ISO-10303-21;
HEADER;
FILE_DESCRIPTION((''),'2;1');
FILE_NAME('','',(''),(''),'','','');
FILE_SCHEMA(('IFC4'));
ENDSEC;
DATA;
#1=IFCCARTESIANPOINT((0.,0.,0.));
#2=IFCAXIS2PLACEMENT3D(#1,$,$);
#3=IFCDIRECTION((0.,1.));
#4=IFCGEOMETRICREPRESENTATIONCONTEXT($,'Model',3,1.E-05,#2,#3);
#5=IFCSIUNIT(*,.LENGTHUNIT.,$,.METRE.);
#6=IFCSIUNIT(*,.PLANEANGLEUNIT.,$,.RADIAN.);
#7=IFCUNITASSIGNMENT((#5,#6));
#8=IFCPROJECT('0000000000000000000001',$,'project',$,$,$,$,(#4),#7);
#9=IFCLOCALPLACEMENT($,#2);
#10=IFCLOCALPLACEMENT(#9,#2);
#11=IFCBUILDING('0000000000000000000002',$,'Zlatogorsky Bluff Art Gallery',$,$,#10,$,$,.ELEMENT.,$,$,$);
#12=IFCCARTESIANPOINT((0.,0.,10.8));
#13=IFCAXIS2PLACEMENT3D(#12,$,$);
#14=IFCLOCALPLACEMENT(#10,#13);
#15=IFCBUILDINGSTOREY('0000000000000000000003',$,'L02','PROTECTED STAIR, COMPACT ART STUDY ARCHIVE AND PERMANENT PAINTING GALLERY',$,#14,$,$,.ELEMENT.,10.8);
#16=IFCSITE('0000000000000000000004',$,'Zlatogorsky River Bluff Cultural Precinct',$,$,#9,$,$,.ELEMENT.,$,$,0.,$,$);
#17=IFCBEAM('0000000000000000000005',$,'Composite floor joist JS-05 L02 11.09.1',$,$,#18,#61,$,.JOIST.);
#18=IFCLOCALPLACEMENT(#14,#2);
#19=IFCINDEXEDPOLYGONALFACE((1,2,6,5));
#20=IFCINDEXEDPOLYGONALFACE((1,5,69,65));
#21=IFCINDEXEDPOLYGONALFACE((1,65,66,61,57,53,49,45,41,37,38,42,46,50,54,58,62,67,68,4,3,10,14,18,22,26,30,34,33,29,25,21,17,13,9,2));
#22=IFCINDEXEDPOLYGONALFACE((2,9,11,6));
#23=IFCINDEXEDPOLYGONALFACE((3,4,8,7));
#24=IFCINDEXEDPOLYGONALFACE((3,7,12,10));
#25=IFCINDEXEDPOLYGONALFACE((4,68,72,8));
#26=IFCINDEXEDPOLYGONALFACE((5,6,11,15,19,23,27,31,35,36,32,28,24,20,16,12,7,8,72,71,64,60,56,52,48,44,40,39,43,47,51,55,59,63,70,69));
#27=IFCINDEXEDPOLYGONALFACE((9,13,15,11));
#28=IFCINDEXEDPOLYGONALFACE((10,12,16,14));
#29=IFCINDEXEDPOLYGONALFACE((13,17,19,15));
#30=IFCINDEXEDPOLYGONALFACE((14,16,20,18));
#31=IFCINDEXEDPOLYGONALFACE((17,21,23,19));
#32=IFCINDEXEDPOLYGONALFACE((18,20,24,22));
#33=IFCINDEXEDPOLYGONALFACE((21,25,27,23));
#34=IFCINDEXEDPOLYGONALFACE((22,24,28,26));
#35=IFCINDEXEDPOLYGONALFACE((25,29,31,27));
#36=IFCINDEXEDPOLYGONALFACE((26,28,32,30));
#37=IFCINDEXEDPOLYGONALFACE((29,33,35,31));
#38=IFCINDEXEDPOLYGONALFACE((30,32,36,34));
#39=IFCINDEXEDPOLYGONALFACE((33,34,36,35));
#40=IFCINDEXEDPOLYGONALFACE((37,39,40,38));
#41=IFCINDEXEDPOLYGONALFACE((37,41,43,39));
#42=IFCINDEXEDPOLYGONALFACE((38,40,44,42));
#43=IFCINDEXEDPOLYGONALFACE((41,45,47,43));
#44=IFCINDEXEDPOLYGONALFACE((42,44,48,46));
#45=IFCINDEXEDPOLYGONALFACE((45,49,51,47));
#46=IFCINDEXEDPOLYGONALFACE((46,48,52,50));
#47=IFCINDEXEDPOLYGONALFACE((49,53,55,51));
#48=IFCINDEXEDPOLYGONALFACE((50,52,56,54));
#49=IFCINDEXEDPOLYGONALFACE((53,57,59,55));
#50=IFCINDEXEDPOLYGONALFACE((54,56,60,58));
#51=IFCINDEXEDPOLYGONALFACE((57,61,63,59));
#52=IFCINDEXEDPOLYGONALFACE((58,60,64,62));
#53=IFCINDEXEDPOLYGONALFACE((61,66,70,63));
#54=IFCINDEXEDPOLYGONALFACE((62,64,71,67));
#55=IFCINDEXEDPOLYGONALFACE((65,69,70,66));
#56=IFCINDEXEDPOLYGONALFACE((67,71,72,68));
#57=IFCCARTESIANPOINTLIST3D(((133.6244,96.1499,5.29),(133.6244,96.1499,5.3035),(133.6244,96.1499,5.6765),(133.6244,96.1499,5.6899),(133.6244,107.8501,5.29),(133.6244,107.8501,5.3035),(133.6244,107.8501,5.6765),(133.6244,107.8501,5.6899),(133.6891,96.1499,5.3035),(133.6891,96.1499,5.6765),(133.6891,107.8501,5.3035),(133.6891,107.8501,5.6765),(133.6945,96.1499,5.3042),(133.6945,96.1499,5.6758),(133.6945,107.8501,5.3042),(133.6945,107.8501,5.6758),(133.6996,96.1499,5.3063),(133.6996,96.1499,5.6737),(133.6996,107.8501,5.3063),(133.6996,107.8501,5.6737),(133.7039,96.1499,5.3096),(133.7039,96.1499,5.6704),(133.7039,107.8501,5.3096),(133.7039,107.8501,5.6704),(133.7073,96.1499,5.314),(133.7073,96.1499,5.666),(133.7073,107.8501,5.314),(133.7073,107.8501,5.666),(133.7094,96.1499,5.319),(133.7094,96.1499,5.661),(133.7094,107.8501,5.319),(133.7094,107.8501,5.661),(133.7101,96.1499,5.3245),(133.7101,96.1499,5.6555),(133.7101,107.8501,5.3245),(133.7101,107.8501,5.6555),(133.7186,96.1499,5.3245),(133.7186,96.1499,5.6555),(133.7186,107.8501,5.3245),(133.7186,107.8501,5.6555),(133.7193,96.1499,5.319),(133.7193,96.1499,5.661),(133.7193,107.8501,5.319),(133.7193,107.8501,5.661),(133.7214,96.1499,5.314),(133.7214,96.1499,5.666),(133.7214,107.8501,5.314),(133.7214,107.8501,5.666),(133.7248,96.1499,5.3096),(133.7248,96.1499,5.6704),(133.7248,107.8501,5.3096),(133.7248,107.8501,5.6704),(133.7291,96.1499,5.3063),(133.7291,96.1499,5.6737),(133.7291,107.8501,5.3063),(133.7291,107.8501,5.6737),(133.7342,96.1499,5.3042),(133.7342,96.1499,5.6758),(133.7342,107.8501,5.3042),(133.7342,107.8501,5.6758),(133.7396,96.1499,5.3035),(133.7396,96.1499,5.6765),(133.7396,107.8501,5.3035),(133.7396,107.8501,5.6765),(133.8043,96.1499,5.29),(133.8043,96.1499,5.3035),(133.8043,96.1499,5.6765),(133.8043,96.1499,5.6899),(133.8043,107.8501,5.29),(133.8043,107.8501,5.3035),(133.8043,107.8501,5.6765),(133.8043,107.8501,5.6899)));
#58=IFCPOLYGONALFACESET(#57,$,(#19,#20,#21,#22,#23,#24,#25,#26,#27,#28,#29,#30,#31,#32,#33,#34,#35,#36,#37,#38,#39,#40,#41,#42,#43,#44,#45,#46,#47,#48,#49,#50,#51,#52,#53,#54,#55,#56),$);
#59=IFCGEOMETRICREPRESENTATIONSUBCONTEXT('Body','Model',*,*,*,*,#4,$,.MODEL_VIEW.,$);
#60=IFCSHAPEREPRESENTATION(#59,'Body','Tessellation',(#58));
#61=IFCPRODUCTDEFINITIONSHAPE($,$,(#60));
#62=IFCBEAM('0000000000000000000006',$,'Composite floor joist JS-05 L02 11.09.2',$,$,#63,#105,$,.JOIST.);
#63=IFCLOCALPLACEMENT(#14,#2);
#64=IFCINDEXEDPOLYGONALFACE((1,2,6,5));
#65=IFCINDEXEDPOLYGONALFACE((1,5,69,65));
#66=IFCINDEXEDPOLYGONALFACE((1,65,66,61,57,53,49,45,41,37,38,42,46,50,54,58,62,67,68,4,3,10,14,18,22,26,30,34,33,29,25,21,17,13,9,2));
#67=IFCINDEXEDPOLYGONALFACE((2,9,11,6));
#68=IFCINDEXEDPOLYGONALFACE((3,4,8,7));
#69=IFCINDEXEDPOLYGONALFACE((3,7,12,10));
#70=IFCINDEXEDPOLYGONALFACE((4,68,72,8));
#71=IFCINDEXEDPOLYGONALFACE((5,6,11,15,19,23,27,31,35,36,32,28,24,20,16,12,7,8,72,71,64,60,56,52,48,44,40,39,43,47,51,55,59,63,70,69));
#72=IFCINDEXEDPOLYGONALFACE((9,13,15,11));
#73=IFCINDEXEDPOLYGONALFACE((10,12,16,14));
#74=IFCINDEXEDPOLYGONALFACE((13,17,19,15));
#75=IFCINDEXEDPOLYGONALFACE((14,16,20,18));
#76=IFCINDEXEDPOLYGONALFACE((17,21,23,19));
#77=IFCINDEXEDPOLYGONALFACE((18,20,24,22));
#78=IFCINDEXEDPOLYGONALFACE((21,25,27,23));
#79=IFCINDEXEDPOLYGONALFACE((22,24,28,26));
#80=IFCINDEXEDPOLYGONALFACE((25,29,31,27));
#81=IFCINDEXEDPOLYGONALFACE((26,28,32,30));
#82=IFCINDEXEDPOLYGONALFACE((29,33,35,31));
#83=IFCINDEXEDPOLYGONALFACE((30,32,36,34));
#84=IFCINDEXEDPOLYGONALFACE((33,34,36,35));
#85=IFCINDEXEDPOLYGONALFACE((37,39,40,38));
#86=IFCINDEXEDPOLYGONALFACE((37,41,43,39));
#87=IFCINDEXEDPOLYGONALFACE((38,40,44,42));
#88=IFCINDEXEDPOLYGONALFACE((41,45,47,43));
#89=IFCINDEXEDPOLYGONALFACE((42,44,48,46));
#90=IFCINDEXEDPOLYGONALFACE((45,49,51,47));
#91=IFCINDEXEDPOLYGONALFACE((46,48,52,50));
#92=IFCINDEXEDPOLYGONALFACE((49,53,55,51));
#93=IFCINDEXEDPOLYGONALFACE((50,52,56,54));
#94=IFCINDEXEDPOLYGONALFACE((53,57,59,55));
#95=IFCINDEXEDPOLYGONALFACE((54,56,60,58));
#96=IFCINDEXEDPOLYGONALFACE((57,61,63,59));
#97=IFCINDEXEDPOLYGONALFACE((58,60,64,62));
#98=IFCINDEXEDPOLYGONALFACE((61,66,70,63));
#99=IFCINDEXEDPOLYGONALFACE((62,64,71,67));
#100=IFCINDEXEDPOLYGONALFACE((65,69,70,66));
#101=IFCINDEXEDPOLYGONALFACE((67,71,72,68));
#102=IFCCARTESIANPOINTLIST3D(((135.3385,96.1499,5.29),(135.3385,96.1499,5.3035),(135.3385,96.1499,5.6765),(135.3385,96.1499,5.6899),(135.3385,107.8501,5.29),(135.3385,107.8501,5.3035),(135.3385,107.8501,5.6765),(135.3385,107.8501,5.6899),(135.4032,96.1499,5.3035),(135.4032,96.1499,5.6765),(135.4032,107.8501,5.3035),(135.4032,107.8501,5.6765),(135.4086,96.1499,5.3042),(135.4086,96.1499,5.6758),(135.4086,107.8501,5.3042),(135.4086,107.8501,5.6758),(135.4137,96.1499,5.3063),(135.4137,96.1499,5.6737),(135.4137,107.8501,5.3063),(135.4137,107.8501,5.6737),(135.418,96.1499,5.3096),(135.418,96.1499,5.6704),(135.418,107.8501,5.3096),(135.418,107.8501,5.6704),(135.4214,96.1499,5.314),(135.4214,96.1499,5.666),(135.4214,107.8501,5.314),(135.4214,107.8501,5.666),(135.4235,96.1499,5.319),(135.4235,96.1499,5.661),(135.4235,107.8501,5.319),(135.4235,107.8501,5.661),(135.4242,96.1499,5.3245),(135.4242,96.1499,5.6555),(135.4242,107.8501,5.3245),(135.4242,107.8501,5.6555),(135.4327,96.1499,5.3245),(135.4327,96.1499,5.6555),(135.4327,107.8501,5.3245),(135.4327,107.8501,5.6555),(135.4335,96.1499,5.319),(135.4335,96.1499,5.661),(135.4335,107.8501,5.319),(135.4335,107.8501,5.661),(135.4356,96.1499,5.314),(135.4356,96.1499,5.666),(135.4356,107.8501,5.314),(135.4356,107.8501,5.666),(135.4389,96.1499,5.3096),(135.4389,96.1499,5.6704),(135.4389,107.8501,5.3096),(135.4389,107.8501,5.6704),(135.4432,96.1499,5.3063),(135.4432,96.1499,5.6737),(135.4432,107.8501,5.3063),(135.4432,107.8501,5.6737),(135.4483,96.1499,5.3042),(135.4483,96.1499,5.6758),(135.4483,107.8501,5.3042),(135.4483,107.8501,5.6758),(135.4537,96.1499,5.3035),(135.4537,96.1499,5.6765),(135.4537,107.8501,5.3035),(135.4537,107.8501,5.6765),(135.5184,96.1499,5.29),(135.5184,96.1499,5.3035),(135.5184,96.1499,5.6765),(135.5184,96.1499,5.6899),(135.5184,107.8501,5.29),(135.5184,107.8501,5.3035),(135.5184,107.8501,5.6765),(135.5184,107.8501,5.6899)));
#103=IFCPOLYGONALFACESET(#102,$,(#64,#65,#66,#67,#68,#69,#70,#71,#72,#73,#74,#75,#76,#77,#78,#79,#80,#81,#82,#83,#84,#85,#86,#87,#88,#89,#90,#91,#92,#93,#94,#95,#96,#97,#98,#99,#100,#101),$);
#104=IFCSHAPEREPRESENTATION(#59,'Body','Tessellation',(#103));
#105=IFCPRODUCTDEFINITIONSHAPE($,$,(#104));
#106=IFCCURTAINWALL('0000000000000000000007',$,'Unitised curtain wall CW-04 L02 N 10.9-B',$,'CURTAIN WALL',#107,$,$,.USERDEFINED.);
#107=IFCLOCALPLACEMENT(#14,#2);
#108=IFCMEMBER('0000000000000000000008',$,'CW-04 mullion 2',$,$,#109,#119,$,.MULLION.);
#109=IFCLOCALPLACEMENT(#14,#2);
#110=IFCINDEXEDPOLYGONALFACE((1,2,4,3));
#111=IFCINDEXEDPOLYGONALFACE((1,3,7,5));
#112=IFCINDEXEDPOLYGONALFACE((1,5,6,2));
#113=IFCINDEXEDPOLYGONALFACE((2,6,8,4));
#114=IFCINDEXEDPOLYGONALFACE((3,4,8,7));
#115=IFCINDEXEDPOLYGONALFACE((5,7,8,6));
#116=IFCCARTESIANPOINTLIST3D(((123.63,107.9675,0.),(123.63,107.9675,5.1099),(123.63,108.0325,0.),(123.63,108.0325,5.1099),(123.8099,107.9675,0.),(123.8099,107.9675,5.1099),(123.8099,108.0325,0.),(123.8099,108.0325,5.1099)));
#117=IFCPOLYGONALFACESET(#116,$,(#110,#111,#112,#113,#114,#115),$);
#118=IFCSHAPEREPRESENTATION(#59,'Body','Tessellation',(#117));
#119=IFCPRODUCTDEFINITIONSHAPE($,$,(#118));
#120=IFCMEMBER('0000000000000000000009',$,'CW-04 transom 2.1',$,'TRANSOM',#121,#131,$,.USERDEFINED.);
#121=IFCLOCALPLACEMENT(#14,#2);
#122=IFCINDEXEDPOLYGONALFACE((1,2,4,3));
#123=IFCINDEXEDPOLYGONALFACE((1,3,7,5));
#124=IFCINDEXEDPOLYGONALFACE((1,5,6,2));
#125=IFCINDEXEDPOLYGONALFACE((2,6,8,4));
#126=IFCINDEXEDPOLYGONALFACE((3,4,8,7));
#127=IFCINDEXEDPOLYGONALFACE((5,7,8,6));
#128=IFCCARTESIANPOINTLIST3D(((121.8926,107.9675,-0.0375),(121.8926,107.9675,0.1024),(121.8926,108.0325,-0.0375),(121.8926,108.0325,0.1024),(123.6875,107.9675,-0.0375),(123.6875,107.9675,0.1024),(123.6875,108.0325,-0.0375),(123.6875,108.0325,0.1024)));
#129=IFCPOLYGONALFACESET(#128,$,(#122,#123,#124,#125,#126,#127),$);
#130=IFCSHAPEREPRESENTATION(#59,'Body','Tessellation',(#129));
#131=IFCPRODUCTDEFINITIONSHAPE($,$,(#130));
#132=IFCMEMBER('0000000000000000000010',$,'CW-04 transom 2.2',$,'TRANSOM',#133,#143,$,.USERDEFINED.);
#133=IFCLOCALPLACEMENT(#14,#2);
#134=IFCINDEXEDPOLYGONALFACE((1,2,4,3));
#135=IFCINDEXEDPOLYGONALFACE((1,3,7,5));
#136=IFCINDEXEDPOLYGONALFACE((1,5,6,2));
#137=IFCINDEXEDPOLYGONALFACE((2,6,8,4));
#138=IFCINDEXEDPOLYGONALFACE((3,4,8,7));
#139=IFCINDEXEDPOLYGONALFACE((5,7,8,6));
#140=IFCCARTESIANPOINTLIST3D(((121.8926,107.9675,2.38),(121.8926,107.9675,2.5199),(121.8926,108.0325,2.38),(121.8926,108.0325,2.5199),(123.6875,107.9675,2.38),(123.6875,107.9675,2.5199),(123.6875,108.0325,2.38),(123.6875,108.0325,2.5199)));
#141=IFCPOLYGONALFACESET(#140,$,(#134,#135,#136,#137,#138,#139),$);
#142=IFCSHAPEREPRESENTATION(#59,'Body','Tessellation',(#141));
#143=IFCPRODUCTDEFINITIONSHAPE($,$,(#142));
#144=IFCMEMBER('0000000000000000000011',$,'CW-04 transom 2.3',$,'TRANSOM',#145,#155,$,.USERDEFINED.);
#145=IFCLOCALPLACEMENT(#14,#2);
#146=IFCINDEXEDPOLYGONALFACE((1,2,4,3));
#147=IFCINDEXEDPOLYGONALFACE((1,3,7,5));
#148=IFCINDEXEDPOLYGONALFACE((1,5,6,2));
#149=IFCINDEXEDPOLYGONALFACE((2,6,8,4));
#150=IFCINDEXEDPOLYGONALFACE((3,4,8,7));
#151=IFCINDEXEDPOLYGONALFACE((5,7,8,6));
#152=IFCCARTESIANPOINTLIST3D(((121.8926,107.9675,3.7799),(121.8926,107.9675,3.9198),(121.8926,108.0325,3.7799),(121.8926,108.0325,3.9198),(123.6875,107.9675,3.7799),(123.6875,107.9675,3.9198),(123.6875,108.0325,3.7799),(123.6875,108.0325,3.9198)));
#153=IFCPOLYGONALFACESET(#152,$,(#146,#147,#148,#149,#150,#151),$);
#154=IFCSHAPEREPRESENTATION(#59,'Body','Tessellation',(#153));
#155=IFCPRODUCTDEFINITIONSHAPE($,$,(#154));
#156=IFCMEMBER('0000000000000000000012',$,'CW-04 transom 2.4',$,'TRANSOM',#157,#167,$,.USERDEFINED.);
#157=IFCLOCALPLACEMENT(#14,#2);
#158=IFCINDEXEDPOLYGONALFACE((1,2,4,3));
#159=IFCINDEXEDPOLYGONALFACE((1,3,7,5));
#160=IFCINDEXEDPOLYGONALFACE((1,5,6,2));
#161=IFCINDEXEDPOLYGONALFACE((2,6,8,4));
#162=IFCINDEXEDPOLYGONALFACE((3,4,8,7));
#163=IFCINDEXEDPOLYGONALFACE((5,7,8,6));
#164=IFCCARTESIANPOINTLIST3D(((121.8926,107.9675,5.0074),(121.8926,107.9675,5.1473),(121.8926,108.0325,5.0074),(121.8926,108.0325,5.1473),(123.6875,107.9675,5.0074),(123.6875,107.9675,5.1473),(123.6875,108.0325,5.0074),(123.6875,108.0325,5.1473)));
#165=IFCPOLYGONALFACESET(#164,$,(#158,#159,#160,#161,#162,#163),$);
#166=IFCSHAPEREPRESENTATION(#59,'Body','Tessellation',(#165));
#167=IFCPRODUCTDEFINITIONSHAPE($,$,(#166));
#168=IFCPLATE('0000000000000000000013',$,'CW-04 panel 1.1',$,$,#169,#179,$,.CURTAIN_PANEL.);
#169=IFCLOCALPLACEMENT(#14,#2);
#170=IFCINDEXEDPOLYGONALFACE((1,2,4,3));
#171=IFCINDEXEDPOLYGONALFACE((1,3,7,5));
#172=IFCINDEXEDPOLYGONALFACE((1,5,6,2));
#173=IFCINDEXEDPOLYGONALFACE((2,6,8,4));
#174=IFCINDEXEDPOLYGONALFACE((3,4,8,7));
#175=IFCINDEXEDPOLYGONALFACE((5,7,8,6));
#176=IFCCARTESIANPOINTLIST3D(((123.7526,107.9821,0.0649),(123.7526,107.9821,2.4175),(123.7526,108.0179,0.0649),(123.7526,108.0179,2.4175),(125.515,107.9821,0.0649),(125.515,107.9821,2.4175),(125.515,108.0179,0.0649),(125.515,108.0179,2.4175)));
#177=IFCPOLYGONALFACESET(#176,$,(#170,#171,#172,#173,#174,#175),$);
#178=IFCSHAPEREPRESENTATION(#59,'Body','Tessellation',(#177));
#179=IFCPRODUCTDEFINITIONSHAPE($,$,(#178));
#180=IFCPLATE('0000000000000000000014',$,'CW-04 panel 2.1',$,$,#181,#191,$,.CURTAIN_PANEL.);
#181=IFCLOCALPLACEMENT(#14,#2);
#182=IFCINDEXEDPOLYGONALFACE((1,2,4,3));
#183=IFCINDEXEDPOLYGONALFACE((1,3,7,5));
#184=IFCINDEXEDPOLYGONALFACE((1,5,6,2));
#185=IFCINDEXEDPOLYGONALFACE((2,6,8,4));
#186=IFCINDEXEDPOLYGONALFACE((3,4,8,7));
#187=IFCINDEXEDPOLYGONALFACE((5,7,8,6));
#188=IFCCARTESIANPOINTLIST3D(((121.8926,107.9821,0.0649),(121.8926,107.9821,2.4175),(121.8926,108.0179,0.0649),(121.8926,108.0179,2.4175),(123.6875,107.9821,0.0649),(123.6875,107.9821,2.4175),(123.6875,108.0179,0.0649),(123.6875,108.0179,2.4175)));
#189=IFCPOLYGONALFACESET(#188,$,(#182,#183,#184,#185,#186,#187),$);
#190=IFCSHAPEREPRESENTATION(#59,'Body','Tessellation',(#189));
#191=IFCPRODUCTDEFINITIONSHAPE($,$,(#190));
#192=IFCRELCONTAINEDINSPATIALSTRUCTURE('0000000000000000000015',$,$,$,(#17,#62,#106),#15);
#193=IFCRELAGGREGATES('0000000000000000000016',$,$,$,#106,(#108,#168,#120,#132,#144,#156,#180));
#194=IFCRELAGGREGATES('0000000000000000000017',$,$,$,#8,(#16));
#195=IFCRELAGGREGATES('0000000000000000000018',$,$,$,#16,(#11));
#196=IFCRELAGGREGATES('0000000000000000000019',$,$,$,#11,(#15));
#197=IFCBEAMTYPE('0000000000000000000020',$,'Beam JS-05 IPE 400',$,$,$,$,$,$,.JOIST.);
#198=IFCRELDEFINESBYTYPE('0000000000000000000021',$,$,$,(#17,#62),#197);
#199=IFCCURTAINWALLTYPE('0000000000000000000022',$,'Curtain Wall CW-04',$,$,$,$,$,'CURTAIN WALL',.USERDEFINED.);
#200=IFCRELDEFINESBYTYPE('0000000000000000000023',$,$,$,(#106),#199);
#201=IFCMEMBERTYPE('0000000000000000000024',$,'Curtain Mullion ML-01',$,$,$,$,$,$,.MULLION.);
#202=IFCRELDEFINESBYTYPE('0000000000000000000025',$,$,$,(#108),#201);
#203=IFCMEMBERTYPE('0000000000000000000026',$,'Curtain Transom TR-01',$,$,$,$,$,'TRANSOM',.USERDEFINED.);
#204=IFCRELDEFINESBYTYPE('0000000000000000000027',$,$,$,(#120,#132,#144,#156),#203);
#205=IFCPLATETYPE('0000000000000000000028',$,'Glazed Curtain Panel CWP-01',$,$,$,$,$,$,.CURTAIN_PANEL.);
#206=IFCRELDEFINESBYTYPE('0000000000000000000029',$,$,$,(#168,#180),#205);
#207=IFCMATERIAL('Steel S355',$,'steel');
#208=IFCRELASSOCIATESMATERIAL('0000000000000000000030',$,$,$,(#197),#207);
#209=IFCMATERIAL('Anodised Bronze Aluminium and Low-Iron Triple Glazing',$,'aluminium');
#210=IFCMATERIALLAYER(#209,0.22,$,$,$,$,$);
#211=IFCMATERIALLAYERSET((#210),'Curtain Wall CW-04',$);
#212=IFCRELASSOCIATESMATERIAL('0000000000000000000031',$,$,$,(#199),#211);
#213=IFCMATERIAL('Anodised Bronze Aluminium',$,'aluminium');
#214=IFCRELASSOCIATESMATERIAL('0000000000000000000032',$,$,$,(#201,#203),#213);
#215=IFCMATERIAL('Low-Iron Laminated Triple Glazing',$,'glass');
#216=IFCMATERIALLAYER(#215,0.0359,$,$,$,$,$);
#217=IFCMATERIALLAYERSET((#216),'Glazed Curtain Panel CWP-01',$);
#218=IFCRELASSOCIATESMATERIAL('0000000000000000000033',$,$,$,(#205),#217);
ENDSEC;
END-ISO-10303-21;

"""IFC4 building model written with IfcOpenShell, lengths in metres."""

from ifc_helpers import new_model, si_unit, direction, frame, origin, origin_2d, place, context, subcontext, project, spatial, rectangle, i_section, extrude, material, layer, layer_set, material_profile, profile_set, type_object, element, aggregate, save


model = new_model("IFC4")

# Units and contexts
model_context = context("Model", 3, precision=1e-05, world=origin(), true_north=direction((0.0, 1.0)))
body_context = subcontext(model_context, "Body", "Model", "MODEL_VIEW")
ifc_project = project(units=[si_unit("LENGTHUNIT", "METRE"), si_unit("PLANEANGLEUNIT", "RADIAN")], contexts=[model_context])

# Site, building, storey
site_placement = place(None, origin())
site = spatial("IfcSite", under=ifc_project, at=site_placement, Name="Zlatogorsky River Bluff Cultural Precinct", CompositionType="ELEMENT", RefElevation=0.0)
building_placement = place(site_placement, origin())
building = spatial("IfcBuilding", under=site, at=building_placement, Name="Zlatogorsky Bluff Art Gallery", CompositionType="ELEMENT")
storey_placement = place(building_placement, frame((0.0, 0.0, 10.8)))
storey = spatial("IfcBuildingStorey", under=building, at=storey_placement, Name="L02", Description="PROTECTED STAIR, COMPACT ART STUDY ARCHIVE AND PERMANENT PAINTING GALLERY", CompositionType="ELEMENT", Elevation=10.8)

# Beams
ifc_material_1 = material(Name="Steel S355", Category="steel")
ifc_material_profile_1 = material_profile(ifc_material_1, i_section(OverallWidth=0.1799, OverallDepth=0.3999, WebThickness=0.0085, FlangeThickness=0.0134, FilletRadius=0.021, at=origin_2d()), Name="IPE 400")
ifc_profile_set_1 = profile_set([ifc_material_profile_1], Name="Steel S355")
beam_type = type_object("IfcBeamType", Name="Beam JS-05 IPE 400", PredefinedType="JOIST", material=ifc_profile_set_1)
for number, where, z_axis, x_axis, name in (
    (1, (133.7144, 96.1499, 5.49), (0.0, 1.0, 0.0), (-1.0, 0.0, 0.0), "Composite floor joist JS-05 L02 11.09.1"),
    (2, (135.4285, 96.1499, 5.49), (0.0, 1.0, 0.0), (-1.0, 0.0, 0.0), "Composite floor joist JS-05 L02 11.09.2"),
):
    element("IfcBeam", number, at=place(storey_placement, frame(where, z_axis=z_axis, x_axis=x_axis)), inside=storey, type_object=beam_type, Name=name, PredefinedType="JOIST", context=body_context, shape_type="SweptSolid", body=[
        extrude(i_section(OverallWidth=0.1799, OverallDepth=0.3999, WebThickness=0.0085, FlangeThickness=0.0134, FilletRadius=0.021, at=origin_2d()), origin(), (0.0, 0.0, 1.0), 11.7002),
    ])

# Curtain wall, members, plates
ifc_material_2 = material(Name="Anodised Bronze Aluminium and Low-Iron Triple Glazing", Category="aluminium")
ifc_layer_1 = layer(ifc_material_2, 0.22)
ifc_layer_set_1 = layer_set([ifc_layer_1], Name="Curtain Wall CW-04")
curtain_wall_type = type_object("IfcCurtainWallType", Name="Curtain Wall CW-04", ElementType="CURTAIN WALL", PredefinedType="USERDEFINED", material=ifc_layer_set_1)
curtain_wall_placement = place(storey_placement, origin())
curtain_wall = element("IfcCurtainWall", 3, at=curtain_wall_placement, inside=storey, type_object=curtain_wall_type, Name="Unitised curtain wall CW-04 L02 N 10.9-B", ObjectType="CURTAIN WALL", PredefinedType="USERDEFINED")
ifc_material_3 = material(Name="Anodised Bronze Aluminium", Category="aluminium")
ifc_material_profile_2 = material_profile(ifc_material_3, rectangle(XDim=0.0649, YDim=0.1799, at=origin_2d()), Name="ALU MULLION 65x180")
ifc_profile_set_2 = profile_set([ifc_material_profile_2], Name="Anodised Bronze Aluminium")
member_type_1 = type_object("IfcMemberType", Name="Curtain Mullion ML-01", PredefinedType="MULLION", material=ifc_profile_set_2)
member_1_placement = place(storey_placement, frame((123.72, 108.0, 0.0), z_axis=(0.0, 0.0, 1.0), x_axis=(0.0, -1.0, 0.0)))
member_1 = element("IfcMember", 4, at=member_1_placement, type_object=member_type_1, Name="CW-04 mullion 2", PredefinedType="MULLION", context=body_context, shape_type="SweptSolid", body=[
    extrude(rectangle(XDim=0.0649, YDim=0.1799, at=origin_2d()), origin(), (0.0, 0.0, 1.0), 5.1099),
])
ifc_material_profile_3 = material_profile(ifc_material_3, rectangle(XDim=0.0649, YDim=0.1399, at=origin_2d()), Name="ALU TRANSOM 65x140")
ifc_profile_set_3 = profile_set([ifc_material_profile_3], Name="Anodised Bronze Aluminium")
member_type_2 = type_object("IfcMemberType", Name="Curtain Transom TR-01", ElementType="TRANSOM", PredefinedType="USERDEFINED", material=ifc_profile_set_3)
member_2_placement = place(storey_placement, frame((123.6875, 108.0, 0.0325), z_axis=(-1.0, 0.0, 0.0), x_axis=(0.0, -1.0, 0.0)))
member_2 = element("IfcMember", 5, at=member_2_placement, type_object=member_type_2, Name="CW-04 transom 2.1", ObjectType="TRANSOM", PredefinedType="USERDEFINED", context=body_context, shape_type="SweptSolid", body=[
    extrude(rectangle(XDim=0.0649, YDim=0.1399, at=origin_2d()), origin(), (0.0, 0.0, 1.0), 1.7949),
])
member_3_placement = place(storey_placement, frame((123.6875, 108.0, 2.45), z_axis=(-1.0, 0.0, 0.0), x_axis=(0.0, -1.0, 0.0)))
member_3 = element("IfcMember", 6, at=member_3_placement, type_object=member_type_2, Name="CW-04 transom 2.2", ObjectType="TRANSOM", PredefinedType="USERDEFINED", context=body_context, shape_type="SweptSolid", body=[
    extrude(rectangle(XDim=0.0649, YDim=0.1399, at=origin_2d()), origin(), (0.0, 0.0, 1.0), 1.7949),
])
member_4_placement = place(storey_placement, frame((123.6875, 108.0, 3.8499), z_axis=(-1.0, 0.0, 0.0), x_axis=(0.0, -1.0, 0.0)))
member_4 = element("IfcMember", 7, at=member_4_placement, type_object=member_type_2, Name="CW-04 transom 2.3", ObjectType="TRANSOM", PredefinedType="USERDEFINED", context=body_context, shape_type="SweptSolid", body=[
    extrude(rectangle(XDim=0.0649, YDim=0.1399, at=origin_2d()), origin(), (0.0, 0.0, 1.0), 1.7949),
])
member_5_placement = place(storey_placement, frame((123.6875, 108.0, 5.0774), z_axis=(-1.0, 0.0, 0.0), x_axis=(0.0, -1.0, 0.0)))
member_5 = element("IfcMember", 8, at=member_5_placement, type_object=member_type_2, Name="CW-04 transom 2.4", ObjectType="TRANSOM", PredefinedType="USERDEFINED", context=body_context, shape_type="SweptSolid", body=[
    extrude(rectangle(XDim=0.0649, YDim=0.1399, at=origin_2d()), origin(), (0.0, 0.0, 1.0), 1.7949),
])
ifc_material_4 = material(Name="Low-Iron Laminated Triple Glazing", Category="glass")
ifc_layer_2 = layer(ifc_material_4, 0.0359)
ifc_layer_set_2 = layer_set([ifc_layer_2], Name="Glazed Curtain Panel CWP-01")
plate_type = type_object("IfcPlateType", Name="Glazed Curtain Panel CWP-01", PredefinedType="CURTAIN_PANEL", material=ifc_layer_set_2)
plate_1_placement = place(storey_placement, frame((124.6338, 108.0, 0.0649), z_axis=(0.0, 0.0, 1.0), x_axis=(-1.0, 0.0, 0.0)))
plate_1 = element("IfcPlate", 9, at=plate_1_placement, type_object=plate_type, Name="CW-04 panel 1.1", PredefinedType="CURTAIN_PANEL", context=body_context, shape_type="SweptSolid", body=[
    extrude(rectangle(XDim=1.7625, YDim=0.0359, at=origin_2d()), origin(), (0.0, 0.0, 1.0), 2.3525),
])
plate_2_placement = place(storey_placement, frame((122.79, 108.0, 0.0649), z_axis=(0.0, 0.0, 1.0), x_axis=(-1.0, 0.0, 0.0)))
plate_2 = element("IfcPlate", 10, at=plate_2_placement, type_object=plate_type, Name="CW-04 panel 2.1", PredefinedType="CURTAIN_PANEL", context=body_context, shape_type="SweptSolid", body=[
    extrude(rectangle(XDim=1.7949, YDim=0.0359, at=origin_2d()), origin(), (0.0, 0.0, 1.0), 2.3525),
])
aggregate(curtain_wall, [member_1, plate_1, member_2, member_3, member_4, member_5, plate_2])

save(model, "model.ifc")
